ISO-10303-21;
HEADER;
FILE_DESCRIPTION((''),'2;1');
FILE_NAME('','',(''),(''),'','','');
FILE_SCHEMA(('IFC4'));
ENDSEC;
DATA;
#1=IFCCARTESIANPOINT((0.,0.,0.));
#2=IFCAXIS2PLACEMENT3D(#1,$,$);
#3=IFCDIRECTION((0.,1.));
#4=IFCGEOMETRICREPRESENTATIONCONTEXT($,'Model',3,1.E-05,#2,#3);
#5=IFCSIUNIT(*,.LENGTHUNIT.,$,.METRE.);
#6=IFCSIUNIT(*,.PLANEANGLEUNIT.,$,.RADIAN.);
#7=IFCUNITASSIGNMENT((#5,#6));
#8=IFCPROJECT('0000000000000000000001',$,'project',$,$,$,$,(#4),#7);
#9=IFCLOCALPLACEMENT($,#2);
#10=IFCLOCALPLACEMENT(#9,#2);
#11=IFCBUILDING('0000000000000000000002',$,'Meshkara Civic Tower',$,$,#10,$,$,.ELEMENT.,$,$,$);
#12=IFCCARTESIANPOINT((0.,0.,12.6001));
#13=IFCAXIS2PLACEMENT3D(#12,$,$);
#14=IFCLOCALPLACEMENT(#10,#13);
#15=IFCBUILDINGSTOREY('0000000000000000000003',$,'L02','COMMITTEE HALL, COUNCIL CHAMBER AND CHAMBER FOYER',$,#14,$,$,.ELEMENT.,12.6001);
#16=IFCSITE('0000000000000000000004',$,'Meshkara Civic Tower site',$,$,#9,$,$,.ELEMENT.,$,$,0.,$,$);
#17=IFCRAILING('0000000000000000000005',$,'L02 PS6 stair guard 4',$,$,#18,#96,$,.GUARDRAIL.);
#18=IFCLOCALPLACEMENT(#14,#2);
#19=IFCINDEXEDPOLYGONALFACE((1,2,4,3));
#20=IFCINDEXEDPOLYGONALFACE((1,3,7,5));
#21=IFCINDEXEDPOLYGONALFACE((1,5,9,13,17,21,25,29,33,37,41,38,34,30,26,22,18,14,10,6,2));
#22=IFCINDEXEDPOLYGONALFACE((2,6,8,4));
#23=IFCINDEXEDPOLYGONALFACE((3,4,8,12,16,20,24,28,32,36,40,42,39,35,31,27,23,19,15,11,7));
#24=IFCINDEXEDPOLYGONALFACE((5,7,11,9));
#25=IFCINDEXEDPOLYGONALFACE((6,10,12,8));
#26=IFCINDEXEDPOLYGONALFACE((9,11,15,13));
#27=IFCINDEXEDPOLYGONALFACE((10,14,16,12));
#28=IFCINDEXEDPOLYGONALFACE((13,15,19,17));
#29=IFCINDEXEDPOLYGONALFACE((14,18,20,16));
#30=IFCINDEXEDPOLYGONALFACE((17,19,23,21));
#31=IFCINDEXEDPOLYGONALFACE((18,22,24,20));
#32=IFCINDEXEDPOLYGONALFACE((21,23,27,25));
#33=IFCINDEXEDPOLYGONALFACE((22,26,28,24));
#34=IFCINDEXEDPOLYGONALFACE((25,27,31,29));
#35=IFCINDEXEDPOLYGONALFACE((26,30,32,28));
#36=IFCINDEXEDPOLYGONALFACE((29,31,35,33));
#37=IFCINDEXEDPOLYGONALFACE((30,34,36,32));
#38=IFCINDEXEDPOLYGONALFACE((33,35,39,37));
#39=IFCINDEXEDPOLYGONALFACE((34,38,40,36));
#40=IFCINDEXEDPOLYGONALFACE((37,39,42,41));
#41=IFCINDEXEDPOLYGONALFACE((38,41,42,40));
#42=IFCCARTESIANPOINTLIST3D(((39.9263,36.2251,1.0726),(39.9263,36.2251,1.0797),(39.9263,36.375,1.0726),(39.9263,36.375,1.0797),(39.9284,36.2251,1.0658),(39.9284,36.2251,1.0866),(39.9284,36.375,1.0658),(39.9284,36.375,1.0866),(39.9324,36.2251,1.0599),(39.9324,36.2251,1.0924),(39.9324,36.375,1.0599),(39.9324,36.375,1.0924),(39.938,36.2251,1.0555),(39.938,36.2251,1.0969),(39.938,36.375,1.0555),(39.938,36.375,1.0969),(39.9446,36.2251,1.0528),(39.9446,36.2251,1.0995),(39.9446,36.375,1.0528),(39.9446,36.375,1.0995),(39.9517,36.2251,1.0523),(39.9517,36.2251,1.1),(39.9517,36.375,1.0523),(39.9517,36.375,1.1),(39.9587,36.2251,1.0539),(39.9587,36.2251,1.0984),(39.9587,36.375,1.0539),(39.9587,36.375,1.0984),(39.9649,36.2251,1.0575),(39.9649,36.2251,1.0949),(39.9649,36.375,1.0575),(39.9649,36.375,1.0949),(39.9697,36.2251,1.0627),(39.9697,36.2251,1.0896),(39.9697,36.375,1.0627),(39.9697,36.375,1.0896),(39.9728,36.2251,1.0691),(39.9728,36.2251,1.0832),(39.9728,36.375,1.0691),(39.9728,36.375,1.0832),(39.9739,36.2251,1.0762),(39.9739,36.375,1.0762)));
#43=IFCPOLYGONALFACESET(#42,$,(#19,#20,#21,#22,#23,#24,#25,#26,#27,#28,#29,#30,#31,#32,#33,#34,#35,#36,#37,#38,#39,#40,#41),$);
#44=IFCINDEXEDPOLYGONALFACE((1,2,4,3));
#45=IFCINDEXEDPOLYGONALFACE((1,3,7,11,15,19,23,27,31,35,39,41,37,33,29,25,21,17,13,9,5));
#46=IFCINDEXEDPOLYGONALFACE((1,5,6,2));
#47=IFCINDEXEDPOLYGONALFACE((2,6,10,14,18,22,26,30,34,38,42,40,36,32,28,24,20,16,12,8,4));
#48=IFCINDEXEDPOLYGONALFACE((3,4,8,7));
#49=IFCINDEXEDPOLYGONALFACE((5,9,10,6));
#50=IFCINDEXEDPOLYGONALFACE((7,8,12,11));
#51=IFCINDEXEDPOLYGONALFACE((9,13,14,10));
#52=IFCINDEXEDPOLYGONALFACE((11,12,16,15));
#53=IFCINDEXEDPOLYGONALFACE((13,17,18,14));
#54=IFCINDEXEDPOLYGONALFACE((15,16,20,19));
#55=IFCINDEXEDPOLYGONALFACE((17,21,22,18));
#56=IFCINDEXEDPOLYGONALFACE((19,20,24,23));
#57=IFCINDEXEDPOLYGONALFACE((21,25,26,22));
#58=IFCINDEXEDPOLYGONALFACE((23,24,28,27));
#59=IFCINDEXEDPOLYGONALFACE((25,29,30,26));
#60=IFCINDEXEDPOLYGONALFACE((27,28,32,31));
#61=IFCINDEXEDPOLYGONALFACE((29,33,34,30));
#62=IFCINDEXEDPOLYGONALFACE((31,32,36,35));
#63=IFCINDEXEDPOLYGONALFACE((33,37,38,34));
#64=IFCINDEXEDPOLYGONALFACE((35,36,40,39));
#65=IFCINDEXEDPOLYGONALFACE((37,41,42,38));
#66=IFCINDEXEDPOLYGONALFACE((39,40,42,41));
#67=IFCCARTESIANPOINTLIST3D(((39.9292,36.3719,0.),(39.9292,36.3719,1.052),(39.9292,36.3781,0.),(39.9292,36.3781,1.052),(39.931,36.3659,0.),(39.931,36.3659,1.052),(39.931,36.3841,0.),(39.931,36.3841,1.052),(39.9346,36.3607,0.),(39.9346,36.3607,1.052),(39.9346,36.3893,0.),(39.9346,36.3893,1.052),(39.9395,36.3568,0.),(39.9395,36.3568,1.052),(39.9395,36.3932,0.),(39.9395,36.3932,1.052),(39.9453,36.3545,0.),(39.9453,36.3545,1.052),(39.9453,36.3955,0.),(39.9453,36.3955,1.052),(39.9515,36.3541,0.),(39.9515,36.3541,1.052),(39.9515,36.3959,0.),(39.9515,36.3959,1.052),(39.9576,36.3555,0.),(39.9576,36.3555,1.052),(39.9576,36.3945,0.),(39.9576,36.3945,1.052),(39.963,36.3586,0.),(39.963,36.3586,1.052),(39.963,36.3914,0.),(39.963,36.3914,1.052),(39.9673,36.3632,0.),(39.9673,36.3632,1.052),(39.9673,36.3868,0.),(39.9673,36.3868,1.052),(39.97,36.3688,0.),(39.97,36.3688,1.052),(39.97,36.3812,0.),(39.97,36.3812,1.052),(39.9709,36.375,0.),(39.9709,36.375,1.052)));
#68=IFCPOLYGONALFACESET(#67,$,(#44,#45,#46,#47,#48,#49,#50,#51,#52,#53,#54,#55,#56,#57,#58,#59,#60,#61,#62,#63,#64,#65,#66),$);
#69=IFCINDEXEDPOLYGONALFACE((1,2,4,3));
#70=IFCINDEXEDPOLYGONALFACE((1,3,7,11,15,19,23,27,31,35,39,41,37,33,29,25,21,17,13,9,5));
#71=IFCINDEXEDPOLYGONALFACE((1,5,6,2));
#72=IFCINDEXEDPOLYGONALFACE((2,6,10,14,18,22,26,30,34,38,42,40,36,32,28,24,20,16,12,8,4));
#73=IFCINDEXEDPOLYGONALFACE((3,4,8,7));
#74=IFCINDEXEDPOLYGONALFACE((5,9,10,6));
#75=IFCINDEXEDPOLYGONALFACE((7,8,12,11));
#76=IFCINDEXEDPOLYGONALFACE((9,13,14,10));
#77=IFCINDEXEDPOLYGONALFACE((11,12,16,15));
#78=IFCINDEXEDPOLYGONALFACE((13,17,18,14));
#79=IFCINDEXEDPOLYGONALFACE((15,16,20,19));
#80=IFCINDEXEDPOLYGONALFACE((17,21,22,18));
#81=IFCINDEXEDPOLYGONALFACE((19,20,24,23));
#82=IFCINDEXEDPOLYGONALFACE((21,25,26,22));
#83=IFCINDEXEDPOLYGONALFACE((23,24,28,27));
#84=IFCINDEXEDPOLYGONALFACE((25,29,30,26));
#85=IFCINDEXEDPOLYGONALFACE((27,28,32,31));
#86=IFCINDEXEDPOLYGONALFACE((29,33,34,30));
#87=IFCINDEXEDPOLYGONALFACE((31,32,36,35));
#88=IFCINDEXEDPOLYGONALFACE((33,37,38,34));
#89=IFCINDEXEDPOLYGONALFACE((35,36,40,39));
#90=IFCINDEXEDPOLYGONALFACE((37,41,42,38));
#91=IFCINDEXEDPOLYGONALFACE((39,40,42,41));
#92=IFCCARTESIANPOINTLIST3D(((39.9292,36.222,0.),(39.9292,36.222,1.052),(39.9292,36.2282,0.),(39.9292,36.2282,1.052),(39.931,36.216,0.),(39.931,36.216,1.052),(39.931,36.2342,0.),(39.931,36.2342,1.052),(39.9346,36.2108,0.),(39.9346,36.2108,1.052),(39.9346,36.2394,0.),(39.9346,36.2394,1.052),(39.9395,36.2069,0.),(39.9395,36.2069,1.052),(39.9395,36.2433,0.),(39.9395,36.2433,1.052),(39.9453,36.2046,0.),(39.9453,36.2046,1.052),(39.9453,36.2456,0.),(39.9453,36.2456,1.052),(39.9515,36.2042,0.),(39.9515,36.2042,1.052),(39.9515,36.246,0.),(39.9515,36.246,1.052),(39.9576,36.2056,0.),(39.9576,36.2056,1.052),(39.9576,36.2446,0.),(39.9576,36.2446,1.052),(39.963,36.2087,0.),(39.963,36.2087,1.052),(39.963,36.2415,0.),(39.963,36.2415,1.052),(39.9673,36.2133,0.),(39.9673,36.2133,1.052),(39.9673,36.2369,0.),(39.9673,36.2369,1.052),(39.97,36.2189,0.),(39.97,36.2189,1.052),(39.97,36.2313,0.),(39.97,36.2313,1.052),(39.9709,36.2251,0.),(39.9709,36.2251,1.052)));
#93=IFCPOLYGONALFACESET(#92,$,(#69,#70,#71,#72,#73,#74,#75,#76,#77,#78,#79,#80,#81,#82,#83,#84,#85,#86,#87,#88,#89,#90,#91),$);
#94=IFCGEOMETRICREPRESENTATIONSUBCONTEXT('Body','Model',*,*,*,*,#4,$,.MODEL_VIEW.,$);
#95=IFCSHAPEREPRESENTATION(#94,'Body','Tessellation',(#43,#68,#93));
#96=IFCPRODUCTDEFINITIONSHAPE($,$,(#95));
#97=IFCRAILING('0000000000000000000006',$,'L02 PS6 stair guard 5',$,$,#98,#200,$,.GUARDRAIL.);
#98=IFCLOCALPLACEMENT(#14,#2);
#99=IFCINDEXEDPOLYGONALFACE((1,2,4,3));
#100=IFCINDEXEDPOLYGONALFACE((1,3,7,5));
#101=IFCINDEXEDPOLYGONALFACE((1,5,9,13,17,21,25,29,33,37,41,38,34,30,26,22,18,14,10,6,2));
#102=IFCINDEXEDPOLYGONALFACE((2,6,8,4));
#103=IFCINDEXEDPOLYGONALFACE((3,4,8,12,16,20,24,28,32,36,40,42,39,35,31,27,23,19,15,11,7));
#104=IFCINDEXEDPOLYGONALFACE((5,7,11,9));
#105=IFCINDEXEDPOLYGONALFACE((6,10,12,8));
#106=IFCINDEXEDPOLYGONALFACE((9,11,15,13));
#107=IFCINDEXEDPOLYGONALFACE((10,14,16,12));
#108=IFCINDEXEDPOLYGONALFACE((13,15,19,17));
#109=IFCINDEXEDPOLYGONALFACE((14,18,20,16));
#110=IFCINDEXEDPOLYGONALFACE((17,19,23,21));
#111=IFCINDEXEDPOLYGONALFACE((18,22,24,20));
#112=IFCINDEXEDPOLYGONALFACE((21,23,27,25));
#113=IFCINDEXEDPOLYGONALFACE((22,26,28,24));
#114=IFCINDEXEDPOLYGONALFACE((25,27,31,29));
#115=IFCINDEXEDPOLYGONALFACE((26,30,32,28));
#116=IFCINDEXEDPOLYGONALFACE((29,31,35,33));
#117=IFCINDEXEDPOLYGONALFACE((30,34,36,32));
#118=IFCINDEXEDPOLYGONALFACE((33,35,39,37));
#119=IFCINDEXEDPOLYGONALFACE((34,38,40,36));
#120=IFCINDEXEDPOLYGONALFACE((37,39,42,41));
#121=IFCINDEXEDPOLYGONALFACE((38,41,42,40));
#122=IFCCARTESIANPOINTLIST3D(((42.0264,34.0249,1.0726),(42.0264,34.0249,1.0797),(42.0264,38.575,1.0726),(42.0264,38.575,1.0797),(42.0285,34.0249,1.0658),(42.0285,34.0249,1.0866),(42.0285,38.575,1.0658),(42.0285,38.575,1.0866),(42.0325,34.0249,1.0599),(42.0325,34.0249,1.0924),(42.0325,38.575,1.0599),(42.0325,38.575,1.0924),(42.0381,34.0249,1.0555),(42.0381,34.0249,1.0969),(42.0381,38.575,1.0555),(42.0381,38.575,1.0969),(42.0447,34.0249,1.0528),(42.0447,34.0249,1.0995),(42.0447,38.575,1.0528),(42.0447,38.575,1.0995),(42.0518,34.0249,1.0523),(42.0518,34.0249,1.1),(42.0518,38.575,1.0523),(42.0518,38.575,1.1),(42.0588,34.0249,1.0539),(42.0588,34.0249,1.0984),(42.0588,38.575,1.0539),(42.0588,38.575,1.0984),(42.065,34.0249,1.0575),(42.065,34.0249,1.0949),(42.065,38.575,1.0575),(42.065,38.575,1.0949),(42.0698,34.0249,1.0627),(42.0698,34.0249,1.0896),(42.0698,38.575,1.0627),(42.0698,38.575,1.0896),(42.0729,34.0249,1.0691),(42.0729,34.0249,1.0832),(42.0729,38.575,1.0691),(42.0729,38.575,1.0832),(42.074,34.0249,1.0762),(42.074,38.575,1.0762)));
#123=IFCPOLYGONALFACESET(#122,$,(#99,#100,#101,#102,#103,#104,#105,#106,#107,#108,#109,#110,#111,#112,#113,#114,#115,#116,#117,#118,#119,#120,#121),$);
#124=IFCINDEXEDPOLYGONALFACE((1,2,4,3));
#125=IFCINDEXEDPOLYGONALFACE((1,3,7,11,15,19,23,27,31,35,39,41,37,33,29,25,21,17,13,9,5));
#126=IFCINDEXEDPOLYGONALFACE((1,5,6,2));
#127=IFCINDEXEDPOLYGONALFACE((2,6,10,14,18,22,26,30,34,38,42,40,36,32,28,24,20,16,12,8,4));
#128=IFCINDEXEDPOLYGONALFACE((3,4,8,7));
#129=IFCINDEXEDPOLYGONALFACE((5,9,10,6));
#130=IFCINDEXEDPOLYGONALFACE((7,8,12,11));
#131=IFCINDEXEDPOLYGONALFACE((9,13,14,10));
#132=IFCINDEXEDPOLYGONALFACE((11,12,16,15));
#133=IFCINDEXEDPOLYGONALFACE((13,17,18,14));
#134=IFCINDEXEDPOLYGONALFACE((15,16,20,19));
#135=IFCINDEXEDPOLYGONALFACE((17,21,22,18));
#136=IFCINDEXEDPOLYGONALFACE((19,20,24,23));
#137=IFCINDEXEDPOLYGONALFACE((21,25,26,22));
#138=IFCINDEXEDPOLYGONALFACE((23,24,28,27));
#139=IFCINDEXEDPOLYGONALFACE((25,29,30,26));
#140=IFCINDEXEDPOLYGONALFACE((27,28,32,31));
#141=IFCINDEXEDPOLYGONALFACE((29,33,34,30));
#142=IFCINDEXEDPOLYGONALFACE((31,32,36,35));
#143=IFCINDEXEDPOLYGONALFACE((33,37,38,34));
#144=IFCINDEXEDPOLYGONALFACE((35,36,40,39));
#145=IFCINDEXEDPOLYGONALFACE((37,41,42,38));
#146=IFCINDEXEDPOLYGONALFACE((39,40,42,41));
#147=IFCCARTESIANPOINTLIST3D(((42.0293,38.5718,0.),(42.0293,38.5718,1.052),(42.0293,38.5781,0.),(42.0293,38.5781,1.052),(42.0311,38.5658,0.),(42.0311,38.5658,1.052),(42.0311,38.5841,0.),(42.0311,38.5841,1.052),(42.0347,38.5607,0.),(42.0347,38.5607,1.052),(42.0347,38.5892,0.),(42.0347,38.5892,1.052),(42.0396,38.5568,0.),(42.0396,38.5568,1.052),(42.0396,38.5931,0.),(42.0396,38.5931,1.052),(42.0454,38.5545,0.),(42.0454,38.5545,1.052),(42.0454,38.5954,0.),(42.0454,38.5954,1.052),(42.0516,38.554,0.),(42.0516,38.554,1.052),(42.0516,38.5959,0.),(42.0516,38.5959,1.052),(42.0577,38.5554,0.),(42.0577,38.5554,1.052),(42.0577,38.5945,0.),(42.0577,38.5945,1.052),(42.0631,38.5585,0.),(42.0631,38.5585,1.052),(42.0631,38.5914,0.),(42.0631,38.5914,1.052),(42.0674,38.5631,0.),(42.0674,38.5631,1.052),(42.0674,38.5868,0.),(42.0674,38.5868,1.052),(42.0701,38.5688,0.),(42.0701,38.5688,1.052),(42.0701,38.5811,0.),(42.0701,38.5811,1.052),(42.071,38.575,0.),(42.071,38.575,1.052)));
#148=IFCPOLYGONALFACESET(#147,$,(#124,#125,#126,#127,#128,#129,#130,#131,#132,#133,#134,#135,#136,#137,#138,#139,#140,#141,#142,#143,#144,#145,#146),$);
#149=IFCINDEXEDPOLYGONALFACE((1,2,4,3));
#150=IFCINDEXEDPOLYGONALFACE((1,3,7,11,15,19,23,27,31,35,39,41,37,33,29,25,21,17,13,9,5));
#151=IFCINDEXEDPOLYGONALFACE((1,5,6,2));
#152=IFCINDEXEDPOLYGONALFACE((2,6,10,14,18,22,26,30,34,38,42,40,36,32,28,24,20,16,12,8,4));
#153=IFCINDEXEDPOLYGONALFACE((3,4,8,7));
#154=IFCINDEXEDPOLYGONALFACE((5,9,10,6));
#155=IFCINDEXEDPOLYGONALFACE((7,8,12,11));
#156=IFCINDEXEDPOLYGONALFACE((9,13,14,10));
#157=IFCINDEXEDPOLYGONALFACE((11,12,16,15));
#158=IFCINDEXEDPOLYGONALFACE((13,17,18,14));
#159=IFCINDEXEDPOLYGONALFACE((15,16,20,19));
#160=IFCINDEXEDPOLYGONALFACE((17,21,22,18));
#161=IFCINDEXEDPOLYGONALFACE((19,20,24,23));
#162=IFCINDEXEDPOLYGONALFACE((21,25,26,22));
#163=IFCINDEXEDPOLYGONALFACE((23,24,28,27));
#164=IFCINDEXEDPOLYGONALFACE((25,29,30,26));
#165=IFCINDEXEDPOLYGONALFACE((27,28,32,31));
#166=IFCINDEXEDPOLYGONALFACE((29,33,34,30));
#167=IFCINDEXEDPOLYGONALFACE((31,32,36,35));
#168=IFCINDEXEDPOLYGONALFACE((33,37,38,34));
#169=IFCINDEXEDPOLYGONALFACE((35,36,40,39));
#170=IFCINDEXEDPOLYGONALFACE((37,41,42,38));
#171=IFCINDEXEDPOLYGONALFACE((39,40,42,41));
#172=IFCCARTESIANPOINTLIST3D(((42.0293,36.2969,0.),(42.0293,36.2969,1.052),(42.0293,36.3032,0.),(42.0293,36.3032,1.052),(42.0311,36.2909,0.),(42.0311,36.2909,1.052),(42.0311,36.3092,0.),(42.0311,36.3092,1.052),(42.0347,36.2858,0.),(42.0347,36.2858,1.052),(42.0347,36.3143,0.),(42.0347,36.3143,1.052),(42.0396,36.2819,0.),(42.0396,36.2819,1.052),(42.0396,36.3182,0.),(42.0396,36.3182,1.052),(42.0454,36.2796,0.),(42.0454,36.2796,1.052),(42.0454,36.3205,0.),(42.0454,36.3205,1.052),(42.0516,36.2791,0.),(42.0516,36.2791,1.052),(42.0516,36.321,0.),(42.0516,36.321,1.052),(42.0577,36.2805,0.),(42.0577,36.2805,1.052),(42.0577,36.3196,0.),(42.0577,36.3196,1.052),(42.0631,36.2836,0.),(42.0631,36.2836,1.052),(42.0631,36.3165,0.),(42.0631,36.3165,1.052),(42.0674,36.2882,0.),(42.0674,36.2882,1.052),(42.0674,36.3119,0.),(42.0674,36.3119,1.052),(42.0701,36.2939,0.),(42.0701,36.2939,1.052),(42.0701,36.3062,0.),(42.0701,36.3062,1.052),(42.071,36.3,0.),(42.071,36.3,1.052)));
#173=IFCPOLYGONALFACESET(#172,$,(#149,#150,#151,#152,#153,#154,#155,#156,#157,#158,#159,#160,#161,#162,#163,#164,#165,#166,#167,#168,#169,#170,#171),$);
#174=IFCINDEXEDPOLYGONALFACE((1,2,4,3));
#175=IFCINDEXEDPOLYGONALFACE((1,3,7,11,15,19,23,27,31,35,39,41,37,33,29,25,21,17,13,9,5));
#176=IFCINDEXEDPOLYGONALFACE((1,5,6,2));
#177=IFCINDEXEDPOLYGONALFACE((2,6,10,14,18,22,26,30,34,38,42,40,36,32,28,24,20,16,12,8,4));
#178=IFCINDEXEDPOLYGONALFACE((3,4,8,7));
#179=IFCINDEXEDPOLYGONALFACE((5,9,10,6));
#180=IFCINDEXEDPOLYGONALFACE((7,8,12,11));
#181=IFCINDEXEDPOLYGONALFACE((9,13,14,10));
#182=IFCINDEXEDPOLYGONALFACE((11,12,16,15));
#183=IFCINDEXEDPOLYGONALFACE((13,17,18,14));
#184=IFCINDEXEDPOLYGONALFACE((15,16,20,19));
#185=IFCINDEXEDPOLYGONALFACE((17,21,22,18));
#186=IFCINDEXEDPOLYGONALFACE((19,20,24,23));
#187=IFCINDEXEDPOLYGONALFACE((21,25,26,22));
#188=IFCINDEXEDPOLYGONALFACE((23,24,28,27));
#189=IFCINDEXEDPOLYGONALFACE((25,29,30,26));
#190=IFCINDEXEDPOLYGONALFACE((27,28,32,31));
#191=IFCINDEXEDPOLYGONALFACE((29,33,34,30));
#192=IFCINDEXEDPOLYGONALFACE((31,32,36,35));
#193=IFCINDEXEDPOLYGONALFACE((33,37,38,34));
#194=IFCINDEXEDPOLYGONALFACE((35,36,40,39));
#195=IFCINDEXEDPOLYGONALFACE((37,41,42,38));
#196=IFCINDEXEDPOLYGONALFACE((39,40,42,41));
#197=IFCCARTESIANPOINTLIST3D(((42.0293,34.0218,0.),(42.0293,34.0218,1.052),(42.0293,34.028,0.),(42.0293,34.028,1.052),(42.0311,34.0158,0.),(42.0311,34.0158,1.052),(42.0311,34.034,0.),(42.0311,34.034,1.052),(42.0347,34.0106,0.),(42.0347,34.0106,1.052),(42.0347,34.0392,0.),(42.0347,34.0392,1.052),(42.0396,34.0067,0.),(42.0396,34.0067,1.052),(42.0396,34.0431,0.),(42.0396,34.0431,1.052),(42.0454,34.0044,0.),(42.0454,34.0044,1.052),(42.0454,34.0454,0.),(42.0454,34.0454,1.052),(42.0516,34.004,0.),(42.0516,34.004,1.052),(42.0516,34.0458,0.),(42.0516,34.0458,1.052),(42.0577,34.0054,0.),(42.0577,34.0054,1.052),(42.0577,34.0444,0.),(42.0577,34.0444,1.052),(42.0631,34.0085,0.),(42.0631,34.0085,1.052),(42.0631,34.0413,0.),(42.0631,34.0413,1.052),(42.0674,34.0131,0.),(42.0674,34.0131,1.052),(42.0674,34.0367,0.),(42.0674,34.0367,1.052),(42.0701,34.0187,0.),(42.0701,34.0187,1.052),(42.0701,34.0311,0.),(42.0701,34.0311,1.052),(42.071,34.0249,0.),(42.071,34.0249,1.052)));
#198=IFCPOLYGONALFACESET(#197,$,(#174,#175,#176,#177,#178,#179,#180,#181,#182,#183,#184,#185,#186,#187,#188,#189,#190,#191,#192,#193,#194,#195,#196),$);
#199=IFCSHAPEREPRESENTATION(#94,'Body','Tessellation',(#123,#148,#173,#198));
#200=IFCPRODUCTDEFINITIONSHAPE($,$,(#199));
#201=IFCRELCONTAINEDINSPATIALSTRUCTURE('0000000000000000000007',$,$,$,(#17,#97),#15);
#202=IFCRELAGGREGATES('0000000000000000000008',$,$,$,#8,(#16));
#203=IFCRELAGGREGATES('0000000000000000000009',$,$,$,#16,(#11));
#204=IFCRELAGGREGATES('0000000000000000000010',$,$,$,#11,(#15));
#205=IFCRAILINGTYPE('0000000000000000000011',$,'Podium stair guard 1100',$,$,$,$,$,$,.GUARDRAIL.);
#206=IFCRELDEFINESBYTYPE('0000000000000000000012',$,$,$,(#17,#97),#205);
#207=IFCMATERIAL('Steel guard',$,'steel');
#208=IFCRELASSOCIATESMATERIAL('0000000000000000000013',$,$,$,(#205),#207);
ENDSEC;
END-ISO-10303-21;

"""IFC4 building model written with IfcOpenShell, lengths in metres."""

from ifc_helpers import new_model, si_unit, direction, frame, origin, origin_2d, place, context, subcontext, project, spatial, circle, extrude, material, type_object, element, save


model = new_model("IFC4")

# Units and contexts
model_context = context("Model", 3, precision=1e-05, world=origin(), true_north=direction((0.0, 1.0)))
body_context = subcontext(model_context, "Body", "Model", "MODEL_VIEW")
ifc_project = project(units=[si_unit("LENGTHUNIT", "METRE"), si_unit("PLANEANGLEUNIT", "RADIAN")], contexts=[model_context])

# Site, building, storey
site_placement = place(None, origin())
site = spatial("IfcSite", under=ifc_project, at=site_placement, Name="Meshkara Civic Tower site", CompositionType="ELEMENT", RefElevation=0.0)
building_placement = place(site_placement, origin())
building = spatial("IfcBuilding", under=site, at=building_placement, Name="Meshkara Civic Tower", CompositionType="ELEMENT")
storey_placement = place(building_placement, frame((0.0, 0.0, 12.6001)))
storey = spatial("IfcBuildingStorey", under=building, at=storey_placement, Name="L02", Description="COMMITTEE HALL, COUNCIL CHAMBER AND CHAMBER FOYER", CompositionType="ELEMENT", Elevation=12.6001)

# Railings
ifc_material_1 = material(Name="Steel guard", Category="steel")
railing_type_1 = type_object("IfcRailingType", Name="Podium stair guard 1100", PredefinedType="GUARDRAIL", material=ifc_material_1)
railing_1_placement = place(storey_placement, frame((39.95, 36.375, 0.0)))
element("IfcRailing", 1, at=railing_1_placement, inside=storey, type_object=railing_type_1, Name="L02 PS6 stair guard 4", PredefinedType="GUARDRAIL", context=body_context, shape_type="SweptSolid", body=[
    extrude(circle(Radius=0.0239, at=origin_2d()), frame((0.0, 0.0, 1.0762), z_axis=(0.0, -1.0, 0.0), x_axis=(1.0, 0.0, 0.0)), (0.0, 0.0, 1.0), 0.1499),
    extrude(circle(Radius=0.021, at=origin_2d()), origin(), (0.0, 0.0, 1.0), 1.052),
    extrude(circle(Radius=0.021, at=origin_2d()), frame((0.0, -0.1499, 0.0)), (0.0, 0.0, 1.0), 1.052),
])
railing_2_placement = place(storey_placement, frame((42.05, 38.575, 0.0)))
element("IfcRailing", 2, at=railing_2_placement, inside=storey, type_object=railing_type_1, Name="L02 PS6 stair guard 5", PredefinedType="GUARDRAIL", context=body_context, shape_type="SweptSolid", body=[
    extrude(circle(Radius=0.0239, at=origin_2d()), frame((0.0, 0.0, 1.0762), z_axis=(0.0, -1.0, 0.0), x_axis=(1.0, 0.0, 0.0)), (0.0, 0.0, 1.0), 4.55),
    extrude(circle(Radius=0.021, at=origin_2d()), origin(), (0.0, 0.0, 1.0), 1.052),
    extrude(circle(Radius=0.021, at=origin_2d()), frame((0.0, -2.2749, 0.0)), (0.0, 0.0, 1.0), 1.052),
    extrude(circle(Radius=0.021, at=origin_2d()), frame((0.0, -4.55, 0.0)), (0.0, 0.0, 1.0), 1.052),
])

save(model, "model.ifc")
